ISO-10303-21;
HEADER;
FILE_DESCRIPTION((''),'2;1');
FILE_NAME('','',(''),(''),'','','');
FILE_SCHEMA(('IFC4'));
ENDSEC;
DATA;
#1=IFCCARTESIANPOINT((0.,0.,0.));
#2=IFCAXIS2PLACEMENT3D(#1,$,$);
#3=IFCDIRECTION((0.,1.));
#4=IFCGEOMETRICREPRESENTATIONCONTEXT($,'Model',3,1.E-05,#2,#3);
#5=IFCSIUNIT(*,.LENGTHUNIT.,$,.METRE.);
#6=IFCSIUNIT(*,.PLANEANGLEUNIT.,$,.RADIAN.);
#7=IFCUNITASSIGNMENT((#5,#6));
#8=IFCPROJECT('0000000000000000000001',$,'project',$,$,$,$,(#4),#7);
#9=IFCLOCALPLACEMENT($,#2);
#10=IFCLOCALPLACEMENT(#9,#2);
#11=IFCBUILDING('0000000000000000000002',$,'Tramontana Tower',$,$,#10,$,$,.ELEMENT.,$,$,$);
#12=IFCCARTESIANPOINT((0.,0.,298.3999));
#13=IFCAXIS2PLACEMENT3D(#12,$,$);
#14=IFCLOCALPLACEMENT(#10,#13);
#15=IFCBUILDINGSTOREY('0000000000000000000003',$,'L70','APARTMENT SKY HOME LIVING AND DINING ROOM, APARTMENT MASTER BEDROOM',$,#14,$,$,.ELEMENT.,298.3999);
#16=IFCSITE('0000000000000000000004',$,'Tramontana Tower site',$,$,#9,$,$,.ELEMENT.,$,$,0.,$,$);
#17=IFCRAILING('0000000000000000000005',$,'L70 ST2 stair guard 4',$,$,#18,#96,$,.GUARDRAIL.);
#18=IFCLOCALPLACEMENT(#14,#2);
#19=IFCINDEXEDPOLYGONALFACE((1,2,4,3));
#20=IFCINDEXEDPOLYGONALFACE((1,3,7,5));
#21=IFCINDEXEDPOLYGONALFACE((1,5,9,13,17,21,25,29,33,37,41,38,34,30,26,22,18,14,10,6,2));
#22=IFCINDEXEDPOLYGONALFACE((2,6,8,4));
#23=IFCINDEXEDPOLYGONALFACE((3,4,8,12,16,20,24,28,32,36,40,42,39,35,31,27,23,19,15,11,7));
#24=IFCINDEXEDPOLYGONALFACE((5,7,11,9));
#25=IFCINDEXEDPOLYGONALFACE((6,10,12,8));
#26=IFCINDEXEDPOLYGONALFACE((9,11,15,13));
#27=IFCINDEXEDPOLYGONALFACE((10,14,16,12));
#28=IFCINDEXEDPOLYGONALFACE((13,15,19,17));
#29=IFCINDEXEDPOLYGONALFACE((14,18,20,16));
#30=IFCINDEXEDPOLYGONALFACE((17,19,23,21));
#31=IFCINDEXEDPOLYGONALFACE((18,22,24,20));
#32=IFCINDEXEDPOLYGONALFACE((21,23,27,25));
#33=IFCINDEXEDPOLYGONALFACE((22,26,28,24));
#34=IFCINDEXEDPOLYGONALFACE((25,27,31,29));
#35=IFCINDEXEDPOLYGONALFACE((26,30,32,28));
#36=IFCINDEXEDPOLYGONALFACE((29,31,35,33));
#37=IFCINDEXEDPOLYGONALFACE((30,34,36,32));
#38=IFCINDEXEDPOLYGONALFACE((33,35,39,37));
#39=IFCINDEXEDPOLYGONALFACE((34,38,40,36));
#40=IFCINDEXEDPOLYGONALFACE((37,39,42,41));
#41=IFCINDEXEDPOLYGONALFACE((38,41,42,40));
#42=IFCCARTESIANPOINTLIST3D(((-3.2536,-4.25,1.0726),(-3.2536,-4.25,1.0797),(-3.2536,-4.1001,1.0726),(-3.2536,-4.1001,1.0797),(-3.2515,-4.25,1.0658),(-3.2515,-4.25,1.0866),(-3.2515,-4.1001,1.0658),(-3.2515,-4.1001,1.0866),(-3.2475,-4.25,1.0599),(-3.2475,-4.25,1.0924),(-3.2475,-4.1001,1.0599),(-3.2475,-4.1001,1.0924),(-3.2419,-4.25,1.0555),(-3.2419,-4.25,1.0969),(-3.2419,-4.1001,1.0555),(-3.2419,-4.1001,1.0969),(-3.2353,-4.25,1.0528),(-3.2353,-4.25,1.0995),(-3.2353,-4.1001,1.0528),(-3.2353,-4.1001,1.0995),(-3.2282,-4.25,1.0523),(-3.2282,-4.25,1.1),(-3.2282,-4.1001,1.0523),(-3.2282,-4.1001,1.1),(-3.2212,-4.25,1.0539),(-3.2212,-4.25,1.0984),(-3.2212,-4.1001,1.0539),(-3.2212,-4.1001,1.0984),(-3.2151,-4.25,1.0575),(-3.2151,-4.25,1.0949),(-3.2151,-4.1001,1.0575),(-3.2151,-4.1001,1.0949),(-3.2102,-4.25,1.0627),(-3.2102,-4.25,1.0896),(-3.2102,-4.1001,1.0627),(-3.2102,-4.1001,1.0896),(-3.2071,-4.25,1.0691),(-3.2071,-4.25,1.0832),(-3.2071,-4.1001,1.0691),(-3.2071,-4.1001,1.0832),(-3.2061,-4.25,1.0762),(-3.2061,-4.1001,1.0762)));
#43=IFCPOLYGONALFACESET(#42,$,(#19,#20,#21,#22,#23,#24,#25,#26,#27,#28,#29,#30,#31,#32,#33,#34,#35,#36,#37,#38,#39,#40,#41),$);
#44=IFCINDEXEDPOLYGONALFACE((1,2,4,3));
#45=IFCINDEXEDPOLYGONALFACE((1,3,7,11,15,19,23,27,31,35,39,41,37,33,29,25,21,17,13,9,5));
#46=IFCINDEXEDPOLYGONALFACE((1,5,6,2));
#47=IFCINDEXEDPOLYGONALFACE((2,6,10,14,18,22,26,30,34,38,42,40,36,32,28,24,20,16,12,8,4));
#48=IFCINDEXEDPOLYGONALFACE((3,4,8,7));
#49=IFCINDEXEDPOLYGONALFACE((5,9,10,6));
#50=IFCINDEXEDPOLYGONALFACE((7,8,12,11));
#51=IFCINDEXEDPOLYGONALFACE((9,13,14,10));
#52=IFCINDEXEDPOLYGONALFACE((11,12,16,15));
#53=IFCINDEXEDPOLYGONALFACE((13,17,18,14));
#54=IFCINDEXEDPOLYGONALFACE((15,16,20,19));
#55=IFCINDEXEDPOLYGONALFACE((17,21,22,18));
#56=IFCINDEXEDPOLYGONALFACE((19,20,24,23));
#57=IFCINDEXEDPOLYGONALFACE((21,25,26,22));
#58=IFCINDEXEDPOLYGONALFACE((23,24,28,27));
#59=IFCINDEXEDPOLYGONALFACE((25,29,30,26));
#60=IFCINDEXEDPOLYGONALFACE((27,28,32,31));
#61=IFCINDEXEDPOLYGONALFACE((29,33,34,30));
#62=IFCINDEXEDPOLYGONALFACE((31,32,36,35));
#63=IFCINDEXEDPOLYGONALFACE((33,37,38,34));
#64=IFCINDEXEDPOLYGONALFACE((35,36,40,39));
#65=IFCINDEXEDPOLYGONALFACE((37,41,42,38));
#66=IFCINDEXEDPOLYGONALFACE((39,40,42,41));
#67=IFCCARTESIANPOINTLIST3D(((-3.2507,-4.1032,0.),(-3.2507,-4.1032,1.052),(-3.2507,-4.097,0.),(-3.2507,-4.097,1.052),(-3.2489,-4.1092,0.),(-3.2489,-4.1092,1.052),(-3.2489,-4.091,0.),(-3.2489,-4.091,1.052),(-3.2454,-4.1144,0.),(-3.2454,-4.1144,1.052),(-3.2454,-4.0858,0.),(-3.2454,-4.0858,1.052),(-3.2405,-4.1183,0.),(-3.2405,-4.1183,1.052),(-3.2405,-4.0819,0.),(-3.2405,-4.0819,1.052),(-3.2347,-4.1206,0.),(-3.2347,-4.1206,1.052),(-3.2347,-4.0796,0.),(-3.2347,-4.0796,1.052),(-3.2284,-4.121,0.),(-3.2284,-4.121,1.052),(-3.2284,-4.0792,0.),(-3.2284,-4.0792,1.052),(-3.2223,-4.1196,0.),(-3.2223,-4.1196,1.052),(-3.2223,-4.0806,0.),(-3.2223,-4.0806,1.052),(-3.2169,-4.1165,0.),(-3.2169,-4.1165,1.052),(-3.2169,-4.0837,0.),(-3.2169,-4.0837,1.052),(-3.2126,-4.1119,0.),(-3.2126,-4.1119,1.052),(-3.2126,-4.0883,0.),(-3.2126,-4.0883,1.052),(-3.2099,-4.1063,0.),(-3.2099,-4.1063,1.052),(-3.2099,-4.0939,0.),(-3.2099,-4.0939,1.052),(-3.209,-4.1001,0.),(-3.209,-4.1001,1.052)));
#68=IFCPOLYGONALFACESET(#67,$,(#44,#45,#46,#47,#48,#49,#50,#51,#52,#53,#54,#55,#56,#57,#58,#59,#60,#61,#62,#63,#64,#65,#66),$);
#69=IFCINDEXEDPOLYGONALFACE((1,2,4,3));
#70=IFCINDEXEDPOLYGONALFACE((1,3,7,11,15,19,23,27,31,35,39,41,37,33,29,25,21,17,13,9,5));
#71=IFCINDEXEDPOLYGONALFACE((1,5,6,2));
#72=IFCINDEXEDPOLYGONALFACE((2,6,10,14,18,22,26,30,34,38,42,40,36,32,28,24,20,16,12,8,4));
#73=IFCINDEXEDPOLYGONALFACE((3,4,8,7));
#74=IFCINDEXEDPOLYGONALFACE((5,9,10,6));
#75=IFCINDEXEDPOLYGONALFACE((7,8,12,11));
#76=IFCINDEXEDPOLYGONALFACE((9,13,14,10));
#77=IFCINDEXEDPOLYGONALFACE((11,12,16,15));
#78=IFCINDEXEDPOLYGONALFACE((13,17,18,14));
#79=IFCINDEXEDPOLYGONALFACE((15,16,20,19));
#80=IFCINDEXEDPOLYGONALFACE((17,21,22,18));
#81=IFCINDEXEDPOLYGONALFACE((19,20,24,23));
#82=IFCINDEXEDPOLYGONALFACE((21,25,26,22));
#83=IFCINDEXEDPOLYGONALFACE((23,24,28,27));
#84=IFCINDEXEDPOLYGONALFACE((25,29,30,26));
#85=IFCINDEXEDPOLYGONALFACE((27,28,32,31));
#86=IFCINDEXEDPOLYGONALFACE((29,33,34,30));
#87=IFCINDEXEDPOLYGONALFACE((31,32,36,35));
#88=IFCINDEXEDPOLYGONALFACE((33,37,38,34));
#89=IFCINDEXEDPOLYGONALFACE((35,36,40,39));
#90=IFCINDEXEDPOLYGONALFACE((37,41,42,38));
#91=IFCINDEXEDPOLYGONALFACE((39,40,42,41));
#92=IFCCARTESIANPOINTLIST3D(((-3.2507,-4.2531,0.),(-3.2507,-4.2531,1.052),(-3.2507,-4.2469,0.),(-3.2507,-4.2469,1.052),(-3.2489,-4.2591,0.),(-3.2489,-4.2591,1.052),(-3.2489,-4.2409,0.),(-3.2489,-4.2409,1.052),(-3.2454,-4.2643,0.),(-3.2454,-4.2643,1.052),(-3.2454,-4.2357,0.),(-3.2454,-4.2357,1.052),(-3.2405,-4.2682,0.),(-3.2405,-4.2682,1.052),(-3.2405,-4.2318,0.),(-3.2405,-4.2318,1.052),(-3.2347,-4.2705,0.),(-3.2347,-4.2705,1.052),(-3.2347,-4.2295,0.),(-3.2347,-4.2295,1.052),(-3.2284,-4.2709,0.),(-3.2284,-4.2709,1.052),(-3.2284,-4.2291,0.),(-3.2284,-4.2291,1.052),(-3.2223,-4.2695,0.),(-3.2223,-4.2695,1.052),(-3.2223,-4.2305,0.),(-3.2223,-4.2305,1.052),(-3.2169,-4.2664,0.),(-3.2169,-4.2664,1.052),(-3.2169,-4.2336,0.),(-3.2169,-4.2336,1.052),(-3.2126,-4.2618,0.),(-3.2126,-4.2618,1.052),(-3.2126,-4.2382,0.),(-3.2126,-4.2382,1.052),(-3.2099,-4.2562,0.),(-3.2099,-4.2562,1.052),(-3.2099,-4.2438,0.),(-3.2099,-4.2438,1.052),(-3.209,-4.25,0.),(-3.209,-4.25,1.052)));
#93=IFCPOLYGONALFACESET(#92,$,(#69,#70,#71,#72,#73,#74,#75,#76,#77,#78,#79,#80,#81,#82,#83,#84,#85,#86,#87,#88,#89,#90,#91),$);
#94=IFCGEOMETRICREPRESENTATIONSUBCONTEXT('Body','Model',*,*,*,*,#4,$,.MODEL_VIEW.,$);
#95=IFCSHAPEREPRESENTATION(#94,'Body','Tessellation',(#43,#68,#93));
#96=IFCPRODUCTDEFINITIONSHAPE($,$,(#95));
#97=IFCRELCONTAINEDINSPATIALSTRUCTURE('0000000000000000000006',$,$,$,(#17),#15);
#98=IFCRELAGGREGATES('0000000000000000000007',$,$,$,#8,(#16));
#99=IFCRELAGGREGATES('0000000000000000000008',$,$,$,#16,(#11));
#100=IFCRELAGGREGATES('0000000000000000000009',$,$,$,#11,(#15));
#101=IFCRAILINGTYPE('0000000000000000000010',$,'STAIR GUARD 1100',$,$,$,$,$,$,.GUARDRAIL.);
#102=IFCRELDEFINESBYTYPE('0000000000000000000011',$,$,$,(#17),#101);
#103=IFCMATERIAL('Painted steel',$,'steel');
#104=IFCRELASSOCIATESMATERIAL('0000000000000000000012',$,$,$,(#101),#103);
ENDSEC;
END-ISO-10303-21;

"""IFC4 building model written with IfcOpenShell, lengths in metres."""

from ifc_helpers import new_model, si_unit, direction, frame, origin, origin_2d, place, context, subcontext, project, spatial, circle, extrude, material, type_object, element, save


model = new_model("IFC4")

# Units and contexts
model_context = context("Model", 3, precision=1e-05, world=origin(), true_north=direction((0.0, 1.0)))
body_context = subcontext(model_context, "Body", "Model", "MODEL_VIEW")
ifc_project = project(units=[si_unit("LENGTHUNIT", "METRE"), si_unit("PLANEANGLEUNIT", "RADIAN")], contexts=[model_context])

# Site, building, storey
site_placement = place(None, origin())
site = spatial("IfcSite", under=ifc_project, at=site_placement, Name="Tramontana Tower site", CompositionType="ELEMENT", RefElevation=0.0)
building_placement = place(site_placement, origin())
building = spatial("IfcBuilding", under=site, at=building_placement, Name="Tramontana Tower", CompositionType="ELEMENT")
storey_placement = place(building_placement, frame((0.0, 0.0, 298.3999)))
storey = spatial("IfcBuildingStorey", under=building, at=storey_placement, Name="L70", Description="APARTMENT SKY HOME LIVING AND DINING ROOM, APARTMENT MASTER BEDROOM", CompositionType="ELEMENT", Elevation=298.3999)

# Railing
ifc_material_1 = material(Name="Painted steel", Category="steel")
railing_type_1 = type_object("IfcRailingType", Name="STAIR GUARD 1100", PredefinedType="GUARDRAIL", material=ifc_material_1)
railing_1_placement = place(storey_placement, frame((-3.23, -4.1001, 0.0)))
element("IfcRailing", 1, at=railing_1_placement, inside=storey, type_object=railing_type_1, Name="L70 ST2 stair guard 4", PredefinedType="GUARDRAIL", context=body_context, shape_type="SweptSolid", body=[
    extrude(circle(Radius=0.0239, at=origin_2d()), frame((0.0, 0.0, 1.0762), z_axis=(0.0, -1.0, 0.0), x_axis=(1.0, 0.0, 0.0)), (0.0, 0.0, 1.0), 0.1499),
    extrude(circle(Radius=0.021, at=origin_2d()), origin(), (0.0, 0.0, 1.0), 1.052),
    extrude(circle(Radius=0.021, at=origin_2d()), frame((0.0, -0.1499, 0.0)), (0.0, 0.0, 1.0), 1.052),
])

save(model, "model.ifc")
